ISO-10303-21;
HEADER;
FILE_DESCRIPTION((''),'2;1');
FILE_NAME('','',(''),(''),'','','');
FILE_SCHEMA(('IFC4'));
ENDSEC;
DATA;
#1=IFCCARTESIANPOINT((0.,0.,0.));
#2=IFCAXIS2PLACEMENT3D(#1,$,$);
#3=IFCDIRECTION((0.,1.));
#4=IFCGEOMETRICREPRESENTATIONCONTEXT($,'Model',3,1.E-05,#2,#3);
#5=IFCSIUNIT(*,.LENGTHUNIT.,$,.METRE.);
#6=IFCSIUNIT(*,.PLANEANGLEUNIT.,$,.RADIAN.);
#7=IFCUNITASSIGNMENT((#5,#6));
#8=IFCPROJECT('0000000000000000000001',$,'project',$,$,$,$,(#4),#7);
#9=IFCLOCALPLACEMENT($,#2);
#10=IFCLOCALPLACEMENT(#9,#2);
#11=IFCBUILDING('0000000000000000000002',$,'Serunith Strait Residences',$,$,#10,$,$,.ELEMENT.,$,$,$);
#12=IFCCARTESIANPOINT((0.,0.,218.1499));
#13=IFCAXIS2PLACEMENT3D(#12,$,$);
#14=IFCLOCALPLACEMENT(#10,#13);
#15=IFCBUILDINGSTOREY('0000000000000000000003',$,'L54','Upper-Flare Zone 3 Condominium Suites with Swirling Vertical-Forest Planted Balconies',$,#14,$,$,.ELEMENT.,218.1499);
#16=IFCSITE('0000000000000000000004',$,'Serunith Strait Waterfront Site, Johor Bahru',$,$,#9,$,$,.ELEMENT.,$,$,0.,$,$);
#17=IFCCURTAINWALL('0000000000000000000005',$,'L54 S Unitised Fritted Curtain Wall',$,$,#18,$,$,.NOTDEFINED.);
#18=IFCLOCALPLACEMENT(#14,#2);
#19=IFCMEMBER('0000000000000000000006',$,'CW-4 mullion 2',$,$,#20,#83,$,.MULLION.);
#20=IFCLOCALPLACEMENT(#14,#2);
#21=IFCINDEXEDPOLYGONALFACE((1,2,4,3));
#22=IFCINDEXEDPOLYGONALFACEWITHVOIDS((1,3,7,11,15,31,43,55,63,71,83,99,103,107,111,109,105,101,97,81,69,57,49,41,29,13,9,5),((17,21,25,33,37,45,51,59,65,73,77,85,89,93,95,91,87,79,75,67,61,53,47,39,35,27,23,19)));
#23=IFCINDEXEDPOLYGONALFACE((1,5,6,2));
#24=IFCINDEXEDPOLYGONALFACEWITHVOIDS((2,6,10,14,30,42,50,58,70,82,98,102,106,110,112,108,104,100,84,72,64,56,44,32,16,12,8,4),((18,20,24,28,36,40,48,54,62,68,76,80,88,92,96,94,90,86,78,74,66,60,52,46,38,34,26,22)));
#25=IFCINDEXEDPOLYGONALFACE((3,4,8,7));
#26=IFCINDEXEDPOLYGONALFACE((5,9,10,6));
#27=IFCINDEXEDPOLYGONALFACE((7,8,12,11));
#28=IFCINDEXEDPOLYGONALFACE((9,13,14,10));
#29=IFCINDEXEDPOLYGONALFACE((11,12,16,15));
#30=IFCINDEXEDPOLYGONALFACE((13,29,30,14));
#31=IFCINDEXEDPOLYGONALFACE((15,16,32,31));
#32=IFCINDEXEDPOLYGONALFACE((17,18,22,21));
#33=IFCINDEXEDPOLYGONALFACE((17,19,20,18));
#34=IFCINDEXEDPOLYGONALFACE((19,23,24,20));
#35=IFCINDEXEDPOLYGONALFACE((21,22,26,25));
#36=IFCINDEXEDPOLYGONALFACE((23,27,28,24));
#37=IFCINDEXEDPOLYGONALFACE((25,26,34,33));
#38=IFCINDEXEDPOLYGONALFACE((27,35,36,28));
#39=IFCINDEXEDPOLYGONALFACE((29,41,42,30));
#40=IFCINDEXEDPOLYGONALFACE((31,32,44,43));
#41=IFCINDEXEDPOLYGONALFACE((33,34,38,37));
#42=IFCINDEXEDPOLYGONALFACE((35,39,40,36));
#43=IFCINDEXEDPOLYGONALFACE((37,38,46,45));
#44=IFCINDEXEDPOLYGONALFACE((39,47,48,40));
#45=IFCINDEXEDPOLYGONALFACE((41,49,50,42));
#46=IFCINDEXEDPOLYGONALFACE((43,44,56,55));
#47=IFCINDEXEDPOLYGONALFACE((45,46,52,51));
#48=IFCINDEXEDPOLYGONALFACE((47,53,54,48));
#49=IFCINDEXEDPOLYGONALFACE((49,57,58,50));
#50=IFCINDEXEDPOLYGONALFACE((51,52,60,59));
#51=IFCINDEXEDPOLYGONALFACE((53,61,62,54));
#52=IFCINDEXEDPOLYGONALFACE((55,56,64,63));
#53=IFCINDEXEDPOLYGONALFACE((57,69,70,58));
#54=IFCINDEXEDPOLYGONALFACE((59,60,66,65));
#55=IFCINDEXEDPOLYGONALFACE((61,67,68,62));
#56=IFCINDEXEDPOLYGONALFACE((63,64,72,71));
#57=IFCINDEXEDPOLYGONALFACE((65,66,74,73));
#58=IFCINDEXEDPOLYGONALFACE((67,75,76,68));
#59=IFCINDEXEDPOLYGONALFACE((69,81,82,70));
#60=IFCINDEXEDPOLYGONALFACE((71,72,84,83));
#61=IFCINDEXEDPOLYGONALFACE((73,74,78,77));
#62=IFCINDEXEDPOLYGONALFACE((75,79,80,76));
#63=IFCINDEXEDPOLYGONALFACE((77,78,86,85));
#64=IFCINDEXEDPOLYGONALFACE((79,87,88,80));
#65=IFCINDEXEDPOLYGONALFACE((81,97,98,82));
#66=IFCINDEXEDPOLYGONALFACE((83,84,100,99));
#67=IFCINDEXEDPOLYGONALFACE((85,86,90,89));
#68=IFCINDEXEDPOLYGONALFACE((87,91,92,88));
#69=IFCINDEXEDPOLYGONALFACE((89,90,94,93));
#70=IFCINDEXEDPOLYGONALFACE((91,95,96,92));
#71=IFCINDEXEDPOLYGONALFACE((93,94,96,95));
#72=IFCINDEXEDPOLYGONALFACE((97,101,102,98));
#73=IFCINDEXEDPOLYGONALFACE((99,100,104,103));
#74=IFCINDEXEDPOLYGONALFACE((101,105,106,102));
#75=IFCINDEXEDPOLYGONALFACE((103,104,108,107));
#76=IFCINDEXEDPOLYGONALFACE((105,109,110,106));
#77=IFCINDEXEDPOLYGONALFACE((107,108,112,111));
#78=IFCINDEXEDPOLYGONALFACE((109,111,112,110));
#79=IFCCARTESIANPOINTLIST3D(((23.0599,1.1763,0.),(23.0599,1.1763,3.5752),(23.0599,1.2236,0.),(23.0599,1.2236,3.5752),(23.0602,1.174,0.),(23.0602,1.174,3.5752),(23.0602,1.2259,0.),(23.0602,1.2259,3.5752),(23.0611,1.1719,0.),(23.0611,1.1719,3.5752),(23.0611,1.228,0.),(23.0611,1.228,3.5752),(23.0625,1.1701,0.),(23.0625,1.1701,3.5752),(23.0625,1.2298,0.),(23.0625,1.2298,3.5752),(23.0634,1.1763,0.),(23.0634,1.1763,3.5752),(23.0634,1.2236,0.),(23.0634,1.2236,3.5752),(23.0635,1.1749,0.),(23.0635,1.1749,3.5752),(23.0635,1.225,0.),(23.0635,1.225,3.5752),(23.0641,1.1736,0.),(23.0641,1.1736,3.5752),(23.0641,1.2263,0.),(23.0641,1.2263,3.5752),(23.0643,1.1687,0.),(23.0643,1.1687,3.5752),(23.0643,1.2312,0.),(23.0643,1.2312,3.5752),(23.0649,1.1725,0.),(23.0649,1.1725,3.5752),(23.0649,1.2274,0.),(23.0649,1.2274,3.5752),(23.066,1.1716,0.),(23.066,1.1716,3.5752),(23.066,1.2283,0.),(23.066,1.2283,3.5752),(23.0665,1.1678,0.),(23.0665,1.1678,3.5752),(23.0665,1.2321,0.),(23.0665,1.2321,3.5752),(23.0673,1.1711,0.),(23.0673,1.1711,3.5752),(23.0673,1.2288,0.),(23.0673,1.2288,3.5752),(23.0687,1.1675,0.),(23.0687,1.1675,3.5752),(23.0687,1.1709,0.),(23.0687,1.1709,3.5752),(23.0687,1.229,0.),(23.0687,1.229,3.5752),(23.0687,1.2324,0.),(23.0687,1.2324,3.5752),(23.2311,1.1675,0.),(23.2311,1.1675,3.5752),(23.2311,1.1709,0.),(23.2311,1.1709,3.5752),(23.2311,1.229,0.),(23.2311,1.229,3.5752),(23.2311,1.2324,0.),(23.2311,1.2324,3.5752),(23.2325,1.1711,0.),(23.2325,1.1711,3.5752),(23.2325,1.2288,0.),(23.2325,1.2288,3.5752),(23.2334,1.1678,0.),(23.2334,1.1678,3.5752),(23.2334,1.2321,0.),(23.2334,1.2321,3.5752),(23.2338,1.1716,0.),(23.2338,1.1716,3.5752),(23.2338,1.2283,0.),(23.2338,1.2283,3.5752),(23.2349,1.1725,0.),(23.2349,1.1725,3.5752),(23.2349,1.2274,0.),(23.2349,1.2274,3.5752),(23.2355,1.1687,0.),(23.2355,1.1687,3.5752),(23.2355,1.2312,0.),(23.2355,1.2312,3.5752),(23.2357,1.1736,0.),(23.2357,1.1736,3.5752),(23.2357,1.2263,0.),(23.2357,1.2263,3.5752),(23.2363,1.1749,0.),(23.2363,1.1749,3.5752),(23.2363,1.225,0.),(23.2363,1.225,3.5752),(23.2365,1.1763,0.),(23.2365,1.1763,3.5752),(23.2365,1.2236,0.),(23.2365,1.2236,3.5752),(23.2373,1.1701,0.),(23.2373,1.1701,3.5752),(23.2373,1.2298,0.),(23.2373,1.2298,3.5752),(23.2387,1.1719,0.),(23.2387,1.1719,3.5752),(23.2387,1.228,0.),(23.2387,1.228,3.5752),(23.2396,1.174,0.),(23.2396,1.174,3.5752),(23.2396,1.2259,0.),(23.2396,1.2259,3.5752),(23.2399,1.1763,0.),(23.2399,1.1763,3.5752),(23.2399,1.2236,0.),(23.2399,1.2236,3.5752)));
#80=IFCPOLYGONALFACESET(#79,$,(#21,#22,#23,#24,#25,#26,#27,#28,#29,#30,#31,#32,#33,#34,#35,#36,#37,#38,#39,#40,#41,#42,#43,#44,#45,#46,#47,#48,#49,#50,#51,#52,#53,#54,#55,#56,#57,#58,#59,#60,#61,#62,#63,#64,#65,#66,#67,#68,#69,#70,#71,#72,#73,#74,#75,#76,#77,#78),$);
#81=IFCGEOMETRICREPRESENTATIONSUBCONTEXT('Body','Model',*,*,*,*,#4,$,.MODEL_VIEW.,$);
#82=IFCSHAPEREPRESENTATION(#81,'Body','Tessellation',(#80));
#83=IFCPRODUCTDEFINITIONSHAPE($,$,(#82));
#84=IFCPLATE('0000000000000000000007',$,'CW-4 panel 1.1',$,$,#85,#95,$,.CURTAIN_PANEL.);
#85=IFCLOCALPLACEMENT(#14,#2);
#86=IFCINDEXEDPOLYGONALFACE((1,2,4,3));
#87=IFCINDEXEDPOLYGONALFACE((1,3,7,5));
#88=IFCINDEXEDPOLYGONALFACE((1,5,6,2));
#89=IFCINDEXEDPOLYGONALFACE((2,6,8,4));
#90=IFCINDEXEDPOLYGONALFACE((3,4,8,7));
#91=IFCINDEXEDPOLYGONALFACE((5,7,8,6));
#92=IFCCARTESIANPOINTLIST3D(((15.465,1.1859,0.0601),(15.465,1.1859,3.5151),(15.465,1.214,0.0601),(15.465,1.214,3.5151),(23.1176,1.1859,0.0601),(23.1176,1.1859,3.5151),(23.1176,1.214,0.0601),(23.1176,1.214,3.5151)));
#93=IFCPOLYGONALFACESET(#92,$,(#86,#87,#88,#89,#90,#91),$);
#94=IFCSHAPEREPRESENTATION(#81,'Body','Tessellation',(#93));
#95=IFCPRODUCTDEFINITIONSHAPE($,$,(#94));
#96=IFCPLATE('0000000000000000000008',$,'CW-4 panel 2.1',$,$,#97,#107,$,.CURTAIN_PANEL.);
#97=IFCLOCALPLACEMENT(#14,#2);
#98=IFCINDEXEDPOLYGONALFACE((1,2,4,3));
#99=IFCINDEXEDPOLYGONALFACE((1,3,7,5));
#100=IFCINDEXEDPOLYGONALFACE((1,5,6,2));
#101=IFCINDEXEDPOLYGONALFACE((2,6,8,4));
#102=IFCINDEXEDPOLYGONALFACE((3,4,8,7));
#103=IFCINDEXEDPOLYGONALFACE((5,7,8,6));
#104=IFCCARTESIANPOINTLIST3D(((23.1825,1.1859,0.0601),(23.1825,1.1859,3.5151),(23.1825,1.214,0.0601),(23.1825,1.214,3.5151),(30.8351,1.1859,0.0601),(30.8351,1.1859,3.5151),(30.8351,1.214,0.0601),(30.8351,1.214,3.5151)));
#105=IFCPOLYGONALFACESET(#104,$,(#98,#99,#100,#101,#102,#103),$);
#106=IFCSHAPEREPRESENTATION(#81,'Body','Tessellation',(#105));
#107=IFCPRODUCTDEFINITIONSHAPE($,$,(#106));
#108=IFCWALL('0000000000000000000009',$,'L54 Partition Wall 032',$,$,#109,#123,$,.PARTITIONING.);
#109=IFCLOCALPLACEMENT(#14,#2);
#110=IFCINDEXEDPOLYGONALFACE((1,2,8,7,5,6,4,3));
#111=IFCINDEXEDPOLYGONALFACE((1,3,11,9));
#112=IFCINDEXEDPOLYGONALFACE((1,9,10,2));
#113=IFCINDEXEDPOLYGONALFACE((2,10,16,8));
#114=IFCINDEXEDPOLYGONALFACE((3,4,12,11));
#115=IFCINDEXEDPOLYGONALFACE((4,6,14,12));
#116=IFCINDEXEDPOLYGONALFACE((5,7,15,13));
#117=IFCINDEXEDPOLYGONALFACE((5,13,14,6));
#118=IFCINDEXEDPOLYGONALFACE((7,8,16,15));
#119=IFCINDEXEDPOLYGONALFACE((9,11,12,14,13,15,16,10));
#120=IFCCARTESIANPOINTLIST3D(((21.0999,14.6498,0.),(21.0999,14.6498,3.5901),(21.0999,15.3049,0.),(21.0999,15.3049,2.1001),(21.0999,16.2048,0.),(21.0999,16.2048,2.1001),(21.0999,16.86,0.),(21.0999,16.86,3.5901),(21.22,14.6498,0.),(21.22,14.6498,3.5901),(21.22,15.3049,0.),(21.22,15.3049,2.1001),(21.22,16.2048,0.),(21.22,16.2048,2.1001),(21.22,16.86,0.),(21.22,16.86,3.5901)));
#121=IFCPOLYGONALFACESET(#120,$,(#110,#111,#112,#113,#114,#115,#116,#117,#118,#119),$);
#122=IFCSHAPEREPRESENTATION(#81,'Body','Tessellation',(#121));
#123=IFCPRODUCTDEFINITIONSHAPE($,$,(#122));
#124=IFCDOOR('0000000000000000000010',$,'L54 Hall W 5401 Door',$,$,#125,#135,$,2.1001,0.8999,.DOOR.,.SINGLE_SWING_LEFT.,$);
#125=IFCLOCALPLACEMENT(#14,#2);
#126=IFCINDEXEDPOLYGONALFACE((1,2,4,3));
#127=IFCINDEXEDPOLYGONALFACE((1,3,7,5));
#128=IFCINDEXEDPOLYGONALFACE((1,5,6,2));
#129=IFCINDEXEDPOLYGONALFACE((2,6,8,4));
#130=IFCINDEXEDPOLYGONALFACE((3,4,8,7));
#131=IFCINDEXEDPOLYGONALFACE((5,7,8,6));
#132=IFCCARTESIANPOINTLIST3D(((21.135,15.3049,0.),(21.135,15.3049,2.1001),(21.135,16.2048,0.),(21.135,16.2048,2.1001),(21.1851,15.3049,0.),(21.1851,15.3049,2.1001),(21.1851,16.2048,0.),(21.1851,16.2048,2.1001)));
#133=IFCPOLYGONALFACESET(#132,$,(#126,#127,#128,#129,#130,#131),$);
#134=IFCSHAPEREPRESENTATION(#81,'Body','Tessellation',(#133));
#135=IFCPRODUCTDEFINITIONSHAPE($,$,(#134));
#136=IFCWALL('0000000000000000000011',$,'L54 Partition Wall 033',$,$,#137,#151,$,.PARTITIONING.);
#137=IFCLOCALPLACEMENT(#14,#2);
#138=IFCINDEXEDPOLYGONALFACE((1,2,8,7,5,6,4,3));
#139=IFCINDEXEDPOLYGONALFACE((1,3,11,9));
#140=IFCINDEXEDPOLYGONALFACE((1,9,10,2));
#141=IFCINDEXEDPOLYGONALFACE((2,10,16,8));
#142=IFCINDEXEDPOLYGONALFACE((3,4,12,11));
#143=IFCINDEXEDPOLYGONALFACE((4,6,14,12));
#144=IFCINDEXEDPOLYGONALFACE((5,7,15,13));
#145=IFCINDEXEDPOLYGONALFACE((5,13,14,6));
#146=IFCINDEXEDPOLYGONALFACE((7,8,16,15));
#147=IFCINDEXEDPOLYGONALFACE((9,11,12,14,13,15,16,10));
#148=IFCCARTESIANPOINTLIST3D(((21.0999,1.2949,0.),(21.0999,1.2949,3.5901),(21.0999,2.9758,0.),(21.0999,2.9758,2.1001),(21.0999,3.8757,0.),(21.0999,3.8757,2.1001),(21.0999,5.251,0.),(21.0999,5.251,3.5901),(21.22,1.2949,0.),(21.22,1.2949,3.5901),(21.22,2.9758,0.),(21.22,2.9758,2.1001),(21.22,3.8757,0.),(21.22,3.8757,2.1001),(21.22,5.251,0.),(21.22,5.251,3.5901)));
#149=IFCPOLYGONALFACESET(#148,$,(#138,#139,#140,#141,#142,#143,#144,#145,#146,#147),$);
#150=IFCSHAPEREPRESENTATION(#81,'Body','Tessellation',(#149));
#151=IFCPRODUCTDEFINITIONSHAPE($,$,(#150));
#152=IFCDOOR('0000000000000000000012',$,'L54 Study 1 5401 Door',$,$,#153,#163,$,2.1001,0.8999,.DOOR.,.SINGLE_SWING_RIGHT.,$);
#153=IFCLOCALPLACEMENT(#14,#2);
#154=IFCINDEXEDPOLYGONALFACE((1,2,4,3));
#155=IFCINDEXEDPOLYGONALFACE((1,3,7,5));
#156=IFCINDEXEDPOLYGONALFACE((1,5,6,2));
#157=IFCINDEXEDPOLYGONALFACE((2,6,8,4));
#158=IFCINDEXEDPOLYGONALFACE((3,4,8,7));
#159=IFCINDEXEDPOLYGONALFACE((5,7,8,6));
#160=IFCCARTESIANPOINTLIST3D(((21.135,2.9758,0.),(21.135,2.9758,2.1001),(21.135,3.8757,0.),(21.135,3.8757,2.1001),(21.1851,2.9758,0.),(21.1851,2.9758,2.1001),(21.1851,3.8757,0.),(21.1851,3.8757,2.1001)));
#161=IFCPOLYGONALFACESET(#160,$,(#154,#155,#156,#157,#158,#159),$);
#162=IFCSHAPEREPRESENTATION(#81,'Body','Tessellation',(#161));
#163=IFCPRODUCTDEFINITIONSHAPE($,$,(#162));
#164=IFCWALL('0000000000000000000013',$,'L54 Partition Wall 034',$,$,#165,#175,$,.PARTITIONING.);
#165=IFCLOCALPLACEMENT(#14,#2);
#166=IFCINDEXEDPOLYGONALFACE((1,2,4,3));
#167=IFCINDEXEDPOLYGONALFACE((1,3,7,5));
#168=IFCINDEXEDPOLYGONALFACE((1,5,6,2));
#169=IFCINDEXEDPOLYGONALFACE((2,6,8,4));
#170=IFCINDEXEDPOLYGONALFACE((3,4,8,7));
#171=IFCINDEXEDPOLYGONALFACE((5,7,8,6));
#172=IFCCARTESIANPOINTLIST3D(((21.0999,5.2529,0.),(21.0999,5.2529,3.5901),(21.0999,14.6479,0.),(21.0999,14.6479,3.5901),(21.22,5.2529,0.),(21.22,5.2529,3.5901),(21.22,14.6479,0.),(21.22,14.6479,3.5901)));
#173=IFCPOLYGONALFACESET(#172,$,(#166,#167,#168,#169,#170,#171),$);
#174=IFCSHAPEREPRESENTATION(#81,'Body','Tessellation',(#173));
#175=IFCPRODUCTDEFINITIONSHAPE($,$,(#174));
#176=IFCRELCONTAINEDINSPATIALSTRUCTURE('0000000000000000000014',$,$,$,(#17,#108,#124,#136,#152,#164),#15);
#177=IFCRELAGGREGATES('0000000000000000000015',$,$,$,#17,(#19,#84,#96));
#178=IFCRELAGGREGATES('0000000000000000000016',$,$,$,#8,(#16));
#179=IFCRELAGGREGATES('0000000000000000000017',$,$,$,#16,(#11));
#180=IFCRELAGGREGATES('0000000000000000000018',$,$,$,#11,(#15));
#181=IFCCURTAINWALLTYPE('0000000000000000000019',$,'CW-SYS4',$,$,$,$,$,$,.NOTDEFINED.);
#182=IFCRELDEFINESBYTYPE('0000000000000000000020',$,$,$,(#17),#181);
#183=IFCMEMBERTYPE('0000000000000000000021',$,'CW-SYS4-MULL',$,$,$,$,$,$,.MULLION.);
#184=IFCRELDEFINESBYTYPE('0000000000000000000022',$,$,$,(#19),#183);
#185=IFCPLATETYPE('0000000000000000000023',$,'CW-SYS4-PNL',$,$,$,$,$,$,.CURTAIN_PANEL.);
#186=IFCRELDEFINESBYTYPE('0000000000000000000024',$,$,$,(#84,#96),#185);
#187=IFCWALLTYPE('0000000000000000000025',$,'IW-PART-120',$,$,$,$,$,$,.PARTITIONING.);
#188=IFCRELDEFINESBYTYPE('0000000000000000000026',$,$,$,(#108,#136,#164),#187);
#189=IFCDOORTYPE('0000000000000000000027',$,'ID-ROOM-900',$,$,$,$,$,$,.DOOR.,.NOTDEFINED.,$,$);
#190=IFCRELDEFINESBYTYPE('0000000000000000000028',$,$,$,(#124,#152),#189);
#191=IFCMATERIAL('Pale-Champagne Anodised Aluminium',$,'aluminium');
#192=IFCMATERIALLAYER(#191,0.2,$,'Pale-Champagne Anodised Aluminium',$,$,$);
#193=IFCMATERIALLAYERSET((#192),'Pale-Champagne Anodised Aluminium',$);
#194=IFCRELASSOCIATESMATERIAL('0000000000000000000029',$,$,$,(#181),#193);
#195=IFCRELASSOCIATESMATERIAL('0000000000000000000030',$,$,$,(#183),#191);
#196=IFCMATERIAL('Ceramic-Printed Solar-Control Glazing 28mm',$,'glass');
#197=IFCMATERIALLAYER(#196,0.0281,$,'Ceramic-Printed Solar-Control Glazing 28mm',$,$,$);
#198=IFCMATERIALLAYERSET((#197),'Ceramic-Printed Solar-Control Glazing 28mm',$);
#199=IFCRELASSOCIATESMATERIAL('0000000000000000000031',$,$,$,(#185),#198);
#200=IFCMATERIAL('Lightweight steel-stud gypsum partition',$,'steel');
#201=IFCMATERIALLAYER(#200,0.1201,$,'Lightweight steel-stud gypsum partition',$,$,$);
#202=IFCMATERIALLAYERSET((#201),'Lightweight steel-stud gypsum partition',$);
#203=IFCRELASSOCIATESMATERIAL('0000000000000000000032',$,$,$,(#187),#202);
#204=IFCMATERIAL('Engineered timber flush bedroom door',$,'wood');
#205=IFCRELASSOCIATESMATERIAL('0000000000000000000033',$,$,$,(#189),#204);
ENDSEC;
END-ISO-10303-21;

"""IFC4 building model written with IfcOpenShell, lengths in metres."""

from ifc_helpers import new_model, si_unit, direction, frame, frame_2d, origin, origin_2d, place, context, subcontext, project, spatial, rectangle, hollow_rectangle, extrude, source, transform, mapped, material, layer, layer_set, material_profile, profile_set, type_object, element, fill, aggregate, save


model = new_model("IFC4")

# Units and contexts
model_context = context("Model", 3, precision=1e-05, world=origin(), true_north=direction((0.0, 1.0)))
body_context = subcontext(model_context, "Body", "Model", "MODEL_VIEW")
ifc_project = project(units=[si_unit("LENGTHUNIT", "METRE"), si_unit("PLANEANGLEUNIT", "RADIAN")], contexts=[model_context])

# Site, building, storey
site_placement = place(None, origin())
site = spatial("IfcSite", under=ifc_project, at=site_placement, Name="Serunith Strait Waterfront Site, Johor Bahru", CompositionType="ELEMENT", RefElevation=0.0)
building_placement = place(site_placement, origin())
building = spatial("IfcBuilding", under=site, at=building_placement, Name="Serunith Strait Residences", CompositionType="ELEMENT")
storey_placement = place(building_placement, frame((0.0, 0.0, 218.1499)))
storey = spatial("IfcBuildingStorey", under=building, at=storey_placement, Name="L54", Description="Upper-Flare Zone 3 Condominium Suites with Swirling Vertical-Forest Planted Balconies", CompositionType="ELEMENT", Elevation=218.1499)

# Curtain wall, member, plates
ifc_material_1 = material(Name="Pale-Champagne Anodised Aluminium", Category="aluminium")
ifc_layer_1 = layer(ifc_material_1, 0.2, Name="Pale-Champagne Anodised Aluminium")
ifc_layer_set_1 = layer_set([ifc_layer_1], Name="Pale-Champagne Anodised Aluminium")
curtain_wall_type = type_object("IfcCurtainWallType", Name="CW-SYS4", PredefinedType="NOTDEFINED", material=ifc_layer_set_1)
curtain_wall_placement = place(storey_placement, origin())
curtain_wall = element("IfcCurtainWall", 1, at=curtain_wall_placement, inside=storey, type_object=curtain_wall_type, Name="L54 S Unitised Fritted Curtain Wall", PredefinedType="NOTDEFINED")
ifc_material_profile_1 = material_profile(ifc_material_1, hollow_rectangle(XDim=0.0649, YDim=0.1799, WallThickness=0.0034, InnerFilletRadius=0.0054, OuterFilletRadius=0.0088, at=origin_2d()), Name="ALU 180x65x3.5")
ifc_profile_set_1 = profile_set([ifc_material_profile_1], Name="Pale-Champagne Anodised Aluminium")
member_type_1 = type_object("IfcMemberType", Name="CW-SYS4-MULL", PredefinedType="MULLION", material=ifc_profile_set_1)
shared_shape_1 = source(origin(), body_context, "Body", "SweptSolid", [
    extrude(hollow_rectangle(XDim=0.0649, YDim=0.1799, WallThickness=0.0034, InnerFilletRadius=0.0054, OuterFilletRadius=0.0088, at=origin_2d()), origin(), (0.0, 0.0, 1.0), 3.5752),
])
member_1_placement = place(storey_placement, frame((23.1499, 1.2, 0.0), z_axis=(0.0, 0.0, 1.0), x_axis=(0.0, 1.0, 0.0)))
member_1 = element("IfcMember", 2, at=member_1_placement, type_object=member_type_1, Name="CW-4 mullion 2", PredefinedType="MULLION", context=body_context, shape_type="MappedRepresentation", body=[
    mapped(shared_shape_1, transform((0.0, 0.0, 0.0), scale=1.0)),
])
ifc_material_2 = material(Name="Ceramic-Printed Solar-Control Glazing 28mm", Category="glass")
ifc_layer_2 = layer(ifc_material_2, 0.0281, Name="Ceramic-Printed Solar-Control Glazing 28mm")
ifc_layer_set_2 = layer_set([ifc_layer_2], Name="Ceramic-Printed Solar-Control Glazing 28mm")
plate_type = type_object("IfcPlateType", Name="CW-SYS4-PNL", PredefinedType="CURTAIN_PANEL", material=ifc_layer_set_2)
shared_shape_2 = source(origin(), body_context, "Body", "SweptSolid", [
    extrude(rectangle(XDim=7.6526, YDim=0.0281, at=origin_2d()), origin(), (0.0, 0.0, 1.0), 3.4551),
])
plate_1_placement = place(storey_placement, frame((19.2913, 1.2, 0.0601), z_axis=(0.0, 0.0, 1.0), x_axis=(1.0, 0.0, 0.0)))
plate_1 = element("IfcPlate", 3, at=plate_1_placement, type_object=plate_type, Name="CW-4 panel 1.1", PredefinedType="CURTAIN_PANEL", context=body_context, shape_type="MappedRepresentation", body=[
    mapped(shared_shape_2, transform((0.0, 0.0, 0.0), scale=1.0)),
])
plate_2_placement = place(storey_placement, frame((27.0088, 1.2, 0.0601), z_axis=(0.0, 0.0, 1.0), x_axis=(1.0, 0.0, 0.0)))
plate_2 = element("IfcPlate", 4, at=plate_2_placement, type_object=plate_type, Name="CW-4 panel 2.1", PredefinedType="CURTAIN_PANEL", context=body_context, shape_type="MappedRepresentation", body=[
    mapped(shared_shape_2, transform((0.0, 0.0, 0.0), scale=1.0)),
])
aggregate(curtain_wall, [member_1, plate_1, plate_2])

# Walls, openings, doors
ifc_material_3 = material(Name="Lightweight steel-stud gypsum partition", Category="steel")
ifc_layer_3 = layer(ifc_material_3, 0.1201, Name="Lightweight steel-stud gypsum partition")
ifc_layer_set_3 = layer_set([ifc_layer_3], Name="Lightweight steel-stud gypsum partition")
wall_type = type_object("IfcWallType", Name="IW-PART-120", PredefinedType="PARTITIONING", material=ifc_layer_set_3)
wall_1_placement = place(storey_placement, frame((21.1599, 14.6499, 0.0), z_axis=(0.0, 0.0, 1.0), x_axis=(0.0, 1.0, 0.0)))
wall_1 = element("IfcWall", 5, at=wall_1_placement, inside=storey, type_object=wall_type, Name="L54 Partition Wall 032", PredefinedType="PARTITIONING", context=body_context, shape_type="SweptSolid", body=[
    extrude(rectangle(XDim=2.2102, YDim=0.1201, at=frame_2d((1.105, 0.0))), origin(), (0.0, 0.0, 1.0), 3.5901),
])
opening_1_placement = place(wall_1_placement, frame((0.655, 0.0, 0.0)))
opening_1 = element("IfcOpeningElement", 6, at=opening_1_placement, cuts=wall_1, PredefinedType="OPENING", context=body_context, shape_type="SweptSolid", body=[
    extrude(rectangle(XDim=0.8999, YDim=2.1001, at=frame_2d((0.45, 1.05))), frame((0.0, 0.0701, 0.0), z_axis=(0.0, -1.0, 0.0), x_axis=(1.0, 0.0, 0.0)), (0.0, 0.0, 1.0), 0.1401),
])
ifc_material_4 = material(Name="Engineered timber flush bedroom door", Category="wood")
door_type_1 = type_object("IfcDoorType", Name="ID-ROOM-900", OperationType="NOTDEFINED", PredefinedType="DOOR", material=ifc_material_4)
shared_shape_3 = source(origin(), body_context, "Body", "SweptSolid", [
    extrude(rectangle(XDim=0.8999, YDim=2.1001, at=frame_2d((0.45, 1.05))), frame((0.0, 0.0249, 0.0), z_axis=(0.0, -1.0, 0.0), x_axis=(1.0, 0.0, 0.0)), (0.0, 0.0, 1.0), 0.05),
])
door_1_placement = place(opening_1_placement, origin())
door_1 = element("IfcDoor", 7, at=door_1_placement, inside=storey, type_object=door_type_1, Name="L54 Hall W 5401 Door", OperationType="SINGLE_SWING_LEFT", OverallHeight=2.1001, OverallWidth=0.8999, PredefinedType="DOOR", context=body_context, shape_type="MappedRepresentation", body=[
    mapped(shared_shape_3, transform((0.0, 0.0, 0.0), scale=1.0)),
])
fill(opening_1, door_1)
wall_2_placement = place(storey_placement, frame((21.1599, 1.2949, 0.0), z_axis=(0.0, 0.0, 1.0), x_axis=(0.0, 1.0, 0.0)))
wall_2 = element("IfcWall", 8, at=wall_2_placement, inside=storey, type_object=wall_type, Name="L54 Partition Wall 033", PredefinedType="PARTITIONING", context=body_context, shape_type="SweptSolid", body=[
    extrude(rectangle(XDim=3.9561, YDim=0.1201, at=frame_2d((1.978, 0.0))), origin(), (0.0, 0.0, 1.0), 3.5901),
])
opening_2_placement = place(wall_2_placement, frame((1.6809, 0.0, 0.0)))
opening_2 = element("IfcOpeningElement", 9, at=opening_2_placement, cuts=wall_2, PredefinedType="OPENING", context=body_context, shape_type="SweptSolid", body=[
    extrude(rectangle(XDim=0.8999, YDim=2.1001, at=frame_2d((0.45, 1.05))), frame((0.0, 0.0701, 0.0), z_axis=(0.0, -1.0, 0.0), x_axis=(1.0, 0.0, 0.0)), (0.0, 0.0, 1.0), 0.1401),
])
door_2_placement = place(opening_2_placement, origin())
door_2 = element("IfcDoor", 10, at=door_2_placement, inside=storey, type_object=door_type_1, Name="L54 Study 1 5401 Door", OperationType="SINGLE_SWING_RIGHT", OverallHeight=2.1001, OverallWidth=0.8999, PredefinedType="DOOR", context=body_context, shape_type="MappedRepresentation", body=[
    mapped(shared_shape_3, transform((0.0, 0.0, 0.0), scale=1.0)),
])
fill(opening_2, door_2)

# Wall
wall_3_placement = place(storey_placement, frame((21.1599, 5.2529, 0.0), z_axis=(0.0, 0.0, 1.0), x_axis=(0.0, 1.0, 0.0)))
element("IfcWall", 11, at=wall_3_placement, inside=storey, type_object=wall_type, Name="L54 Partition Wall 034", PredefinedType="PARTITIONING", context=body_context, shape_type="SweptSolid", body=[
    extrude(rectangle(XDim=9.395, YDim=0.1201, at=frame_2d((4.6975, 0.0))), origin(), (0.0, 0.0, 1.0), 3.5901),
])

save(model, "model.ifc")
